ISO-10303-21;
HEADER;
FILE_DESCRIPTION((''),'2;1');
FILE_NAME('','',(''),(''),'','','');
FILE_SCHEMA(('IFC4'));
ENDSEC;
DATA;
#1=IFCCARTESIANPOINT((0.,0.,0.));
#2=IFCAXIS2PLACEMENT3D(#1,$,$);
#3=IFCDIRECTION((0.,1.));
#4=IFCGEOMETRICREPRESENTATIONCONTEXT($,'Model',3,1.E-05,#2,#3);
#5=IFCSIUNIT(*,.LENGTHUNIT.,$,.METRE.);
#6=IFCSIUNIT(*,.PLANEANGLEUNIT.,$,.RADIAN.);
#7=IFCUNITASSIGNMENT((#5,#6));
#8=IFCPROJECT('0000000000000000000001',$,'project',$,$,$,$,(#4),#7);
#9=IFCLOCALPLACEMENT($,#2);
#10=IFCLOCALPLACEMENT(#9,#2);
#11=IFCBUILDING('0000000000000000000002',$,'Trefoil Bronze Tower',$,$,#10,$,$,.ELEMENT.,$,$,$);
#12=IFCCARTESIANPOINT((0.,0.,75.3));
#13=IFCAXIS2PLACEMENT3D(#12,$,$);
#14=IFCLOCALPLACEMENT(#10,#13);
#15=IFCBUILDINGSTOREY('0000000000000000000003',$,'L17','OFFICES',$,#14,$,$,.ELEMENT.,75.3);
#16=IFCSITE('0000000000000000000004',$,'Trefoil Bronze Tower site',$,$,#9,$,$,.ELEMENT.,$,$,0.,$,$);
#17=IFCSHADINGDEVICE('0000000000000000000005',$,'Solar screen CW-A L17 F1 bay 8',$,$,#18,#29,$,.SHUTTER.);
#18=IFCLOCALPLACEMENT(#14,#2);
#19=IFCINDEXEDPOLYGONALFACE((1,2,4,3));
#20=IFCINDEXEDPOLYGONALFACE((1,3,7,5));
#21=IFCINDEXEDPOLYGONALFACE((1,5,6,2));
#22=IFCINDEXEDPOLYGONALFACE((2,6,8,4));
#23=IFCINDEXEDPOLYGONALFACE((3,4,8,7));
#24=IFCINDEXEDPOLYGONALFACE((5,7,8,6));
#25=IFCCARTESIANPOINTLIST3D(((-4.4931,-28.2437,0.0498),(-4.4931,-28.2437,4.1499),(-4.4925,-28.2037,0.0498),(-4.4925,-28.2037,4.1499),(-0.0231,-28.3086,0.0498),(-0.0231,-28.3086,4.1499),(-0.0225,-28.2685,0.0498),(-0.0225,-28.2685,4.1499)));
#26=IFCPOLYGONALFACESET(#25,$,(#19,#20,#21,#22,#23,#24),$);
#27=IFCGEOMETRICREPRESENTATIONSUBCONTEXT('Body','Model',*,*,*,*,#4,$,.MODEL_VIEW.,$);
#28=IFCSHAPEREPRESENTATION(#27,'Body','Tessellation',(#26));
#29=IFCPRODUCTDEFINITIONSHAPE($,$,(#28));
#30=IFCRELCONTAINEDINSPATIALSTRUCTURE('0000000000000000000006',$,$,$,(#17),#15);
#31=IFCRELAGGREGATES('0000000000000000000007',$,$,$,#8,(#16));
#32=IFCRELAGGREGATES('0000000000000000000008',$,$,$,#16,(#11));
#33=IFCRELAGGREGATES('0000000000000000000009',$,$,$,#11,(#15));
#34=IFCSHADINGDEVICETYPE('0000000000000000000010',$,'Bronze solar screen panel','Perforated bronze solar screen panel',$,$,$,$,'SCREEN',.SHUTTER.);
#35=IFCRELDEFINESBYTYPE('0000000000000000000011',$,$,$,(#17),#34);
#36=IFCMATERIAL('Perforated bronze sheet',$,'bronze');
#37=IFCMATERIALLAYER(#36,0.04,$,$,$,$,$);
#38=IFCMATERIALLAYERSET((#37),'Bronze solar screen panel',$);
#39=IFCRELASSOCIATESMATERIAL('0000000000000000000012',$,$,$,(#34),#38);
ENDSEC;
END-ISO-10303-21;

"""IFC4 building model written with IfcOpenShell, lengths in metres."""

from ifc_helpers import new_model, si_unit, direction, frame, origin, origin_2d, place, context, subcontext, project, spatial, rectangle, extrude, material, layer, layer_set, type_object, element, save


model = new_model("IFC4")

# Units and contexts
model_context = context("Model", 3, precision=1e-05, world=origin(), true_north=direction((0.0, 1.0)))
body_context = subcontext(model_context, "Body", "Model", "MODEL_VIEW")
ifc_project = project(units=[si_unit("LENGTHUNIT", "METRE"), si_unit("PLANEANGLEUNIT", "RADIAN")], contexts=[model_context])

# Site, building, storey
site_placement = place(None, origin())
site = spatial("IfcSite", under=ifc_project, at=site_placement, Name="Trefoil Bronze Tower site", CompositionType="ELEMENT", RefElevation=0.0)
building_placement = place(site_placement, origin())
building = spatial("IfcBuilding", under=site, at=building_placement, Name="Trefoil Bronze Tower", CompositionType="ELEMENT")
storey_placement = place(building_placement, frame((0.0, 0.0, 75.3)))
storey = spatial("IfcBuildingStorey", under=building, at=storey_placement, Name="L17", Description="OFFICES", CompositionType="ELEMENT", Elevation=75.3)

# Shading device
ifc_material_1 = material(Name="Perforated bronze sheet", Category="bronze")
ifc_layer_1 = layer(ifc_material_1, 0.04)
ifc_layer_set_1 = layer_set([ifc_layer_1], Name="Bronze solar screen panel")
shading_device_type = type_object("IfcShadingDeviceType", Name="Bronze solar screen panel", Description="Perforated bronze solar screen panel", ElementType="SCREEN", PredefinedType="SHUTTER", material=ifc_layer_set_1)
shading_device_1_placement = place(storey_placement, frame((-2.2578, -28.2561, 0.0498), z_axis=(0.0, 0.0, 1.0), x_axis=(0.999895, -0.014509, 0.0)))
element("IfcShadingDevice", 1, at=shading_device_1_placement, inside=storey, type_object=shading_device_type, Name="Solar screen CW-A L17 F1 bay 8", PredefinedType="SHUTTER", context=body_context, shape_type="SweptSolid", body=[
    extrude(rectangle(XDim=4.4705, YDim=0.04, at=origin_2d()), origin(), (0.0, 0.0, 1.0), 4.1001),
])

save(model, "model.ifc")
